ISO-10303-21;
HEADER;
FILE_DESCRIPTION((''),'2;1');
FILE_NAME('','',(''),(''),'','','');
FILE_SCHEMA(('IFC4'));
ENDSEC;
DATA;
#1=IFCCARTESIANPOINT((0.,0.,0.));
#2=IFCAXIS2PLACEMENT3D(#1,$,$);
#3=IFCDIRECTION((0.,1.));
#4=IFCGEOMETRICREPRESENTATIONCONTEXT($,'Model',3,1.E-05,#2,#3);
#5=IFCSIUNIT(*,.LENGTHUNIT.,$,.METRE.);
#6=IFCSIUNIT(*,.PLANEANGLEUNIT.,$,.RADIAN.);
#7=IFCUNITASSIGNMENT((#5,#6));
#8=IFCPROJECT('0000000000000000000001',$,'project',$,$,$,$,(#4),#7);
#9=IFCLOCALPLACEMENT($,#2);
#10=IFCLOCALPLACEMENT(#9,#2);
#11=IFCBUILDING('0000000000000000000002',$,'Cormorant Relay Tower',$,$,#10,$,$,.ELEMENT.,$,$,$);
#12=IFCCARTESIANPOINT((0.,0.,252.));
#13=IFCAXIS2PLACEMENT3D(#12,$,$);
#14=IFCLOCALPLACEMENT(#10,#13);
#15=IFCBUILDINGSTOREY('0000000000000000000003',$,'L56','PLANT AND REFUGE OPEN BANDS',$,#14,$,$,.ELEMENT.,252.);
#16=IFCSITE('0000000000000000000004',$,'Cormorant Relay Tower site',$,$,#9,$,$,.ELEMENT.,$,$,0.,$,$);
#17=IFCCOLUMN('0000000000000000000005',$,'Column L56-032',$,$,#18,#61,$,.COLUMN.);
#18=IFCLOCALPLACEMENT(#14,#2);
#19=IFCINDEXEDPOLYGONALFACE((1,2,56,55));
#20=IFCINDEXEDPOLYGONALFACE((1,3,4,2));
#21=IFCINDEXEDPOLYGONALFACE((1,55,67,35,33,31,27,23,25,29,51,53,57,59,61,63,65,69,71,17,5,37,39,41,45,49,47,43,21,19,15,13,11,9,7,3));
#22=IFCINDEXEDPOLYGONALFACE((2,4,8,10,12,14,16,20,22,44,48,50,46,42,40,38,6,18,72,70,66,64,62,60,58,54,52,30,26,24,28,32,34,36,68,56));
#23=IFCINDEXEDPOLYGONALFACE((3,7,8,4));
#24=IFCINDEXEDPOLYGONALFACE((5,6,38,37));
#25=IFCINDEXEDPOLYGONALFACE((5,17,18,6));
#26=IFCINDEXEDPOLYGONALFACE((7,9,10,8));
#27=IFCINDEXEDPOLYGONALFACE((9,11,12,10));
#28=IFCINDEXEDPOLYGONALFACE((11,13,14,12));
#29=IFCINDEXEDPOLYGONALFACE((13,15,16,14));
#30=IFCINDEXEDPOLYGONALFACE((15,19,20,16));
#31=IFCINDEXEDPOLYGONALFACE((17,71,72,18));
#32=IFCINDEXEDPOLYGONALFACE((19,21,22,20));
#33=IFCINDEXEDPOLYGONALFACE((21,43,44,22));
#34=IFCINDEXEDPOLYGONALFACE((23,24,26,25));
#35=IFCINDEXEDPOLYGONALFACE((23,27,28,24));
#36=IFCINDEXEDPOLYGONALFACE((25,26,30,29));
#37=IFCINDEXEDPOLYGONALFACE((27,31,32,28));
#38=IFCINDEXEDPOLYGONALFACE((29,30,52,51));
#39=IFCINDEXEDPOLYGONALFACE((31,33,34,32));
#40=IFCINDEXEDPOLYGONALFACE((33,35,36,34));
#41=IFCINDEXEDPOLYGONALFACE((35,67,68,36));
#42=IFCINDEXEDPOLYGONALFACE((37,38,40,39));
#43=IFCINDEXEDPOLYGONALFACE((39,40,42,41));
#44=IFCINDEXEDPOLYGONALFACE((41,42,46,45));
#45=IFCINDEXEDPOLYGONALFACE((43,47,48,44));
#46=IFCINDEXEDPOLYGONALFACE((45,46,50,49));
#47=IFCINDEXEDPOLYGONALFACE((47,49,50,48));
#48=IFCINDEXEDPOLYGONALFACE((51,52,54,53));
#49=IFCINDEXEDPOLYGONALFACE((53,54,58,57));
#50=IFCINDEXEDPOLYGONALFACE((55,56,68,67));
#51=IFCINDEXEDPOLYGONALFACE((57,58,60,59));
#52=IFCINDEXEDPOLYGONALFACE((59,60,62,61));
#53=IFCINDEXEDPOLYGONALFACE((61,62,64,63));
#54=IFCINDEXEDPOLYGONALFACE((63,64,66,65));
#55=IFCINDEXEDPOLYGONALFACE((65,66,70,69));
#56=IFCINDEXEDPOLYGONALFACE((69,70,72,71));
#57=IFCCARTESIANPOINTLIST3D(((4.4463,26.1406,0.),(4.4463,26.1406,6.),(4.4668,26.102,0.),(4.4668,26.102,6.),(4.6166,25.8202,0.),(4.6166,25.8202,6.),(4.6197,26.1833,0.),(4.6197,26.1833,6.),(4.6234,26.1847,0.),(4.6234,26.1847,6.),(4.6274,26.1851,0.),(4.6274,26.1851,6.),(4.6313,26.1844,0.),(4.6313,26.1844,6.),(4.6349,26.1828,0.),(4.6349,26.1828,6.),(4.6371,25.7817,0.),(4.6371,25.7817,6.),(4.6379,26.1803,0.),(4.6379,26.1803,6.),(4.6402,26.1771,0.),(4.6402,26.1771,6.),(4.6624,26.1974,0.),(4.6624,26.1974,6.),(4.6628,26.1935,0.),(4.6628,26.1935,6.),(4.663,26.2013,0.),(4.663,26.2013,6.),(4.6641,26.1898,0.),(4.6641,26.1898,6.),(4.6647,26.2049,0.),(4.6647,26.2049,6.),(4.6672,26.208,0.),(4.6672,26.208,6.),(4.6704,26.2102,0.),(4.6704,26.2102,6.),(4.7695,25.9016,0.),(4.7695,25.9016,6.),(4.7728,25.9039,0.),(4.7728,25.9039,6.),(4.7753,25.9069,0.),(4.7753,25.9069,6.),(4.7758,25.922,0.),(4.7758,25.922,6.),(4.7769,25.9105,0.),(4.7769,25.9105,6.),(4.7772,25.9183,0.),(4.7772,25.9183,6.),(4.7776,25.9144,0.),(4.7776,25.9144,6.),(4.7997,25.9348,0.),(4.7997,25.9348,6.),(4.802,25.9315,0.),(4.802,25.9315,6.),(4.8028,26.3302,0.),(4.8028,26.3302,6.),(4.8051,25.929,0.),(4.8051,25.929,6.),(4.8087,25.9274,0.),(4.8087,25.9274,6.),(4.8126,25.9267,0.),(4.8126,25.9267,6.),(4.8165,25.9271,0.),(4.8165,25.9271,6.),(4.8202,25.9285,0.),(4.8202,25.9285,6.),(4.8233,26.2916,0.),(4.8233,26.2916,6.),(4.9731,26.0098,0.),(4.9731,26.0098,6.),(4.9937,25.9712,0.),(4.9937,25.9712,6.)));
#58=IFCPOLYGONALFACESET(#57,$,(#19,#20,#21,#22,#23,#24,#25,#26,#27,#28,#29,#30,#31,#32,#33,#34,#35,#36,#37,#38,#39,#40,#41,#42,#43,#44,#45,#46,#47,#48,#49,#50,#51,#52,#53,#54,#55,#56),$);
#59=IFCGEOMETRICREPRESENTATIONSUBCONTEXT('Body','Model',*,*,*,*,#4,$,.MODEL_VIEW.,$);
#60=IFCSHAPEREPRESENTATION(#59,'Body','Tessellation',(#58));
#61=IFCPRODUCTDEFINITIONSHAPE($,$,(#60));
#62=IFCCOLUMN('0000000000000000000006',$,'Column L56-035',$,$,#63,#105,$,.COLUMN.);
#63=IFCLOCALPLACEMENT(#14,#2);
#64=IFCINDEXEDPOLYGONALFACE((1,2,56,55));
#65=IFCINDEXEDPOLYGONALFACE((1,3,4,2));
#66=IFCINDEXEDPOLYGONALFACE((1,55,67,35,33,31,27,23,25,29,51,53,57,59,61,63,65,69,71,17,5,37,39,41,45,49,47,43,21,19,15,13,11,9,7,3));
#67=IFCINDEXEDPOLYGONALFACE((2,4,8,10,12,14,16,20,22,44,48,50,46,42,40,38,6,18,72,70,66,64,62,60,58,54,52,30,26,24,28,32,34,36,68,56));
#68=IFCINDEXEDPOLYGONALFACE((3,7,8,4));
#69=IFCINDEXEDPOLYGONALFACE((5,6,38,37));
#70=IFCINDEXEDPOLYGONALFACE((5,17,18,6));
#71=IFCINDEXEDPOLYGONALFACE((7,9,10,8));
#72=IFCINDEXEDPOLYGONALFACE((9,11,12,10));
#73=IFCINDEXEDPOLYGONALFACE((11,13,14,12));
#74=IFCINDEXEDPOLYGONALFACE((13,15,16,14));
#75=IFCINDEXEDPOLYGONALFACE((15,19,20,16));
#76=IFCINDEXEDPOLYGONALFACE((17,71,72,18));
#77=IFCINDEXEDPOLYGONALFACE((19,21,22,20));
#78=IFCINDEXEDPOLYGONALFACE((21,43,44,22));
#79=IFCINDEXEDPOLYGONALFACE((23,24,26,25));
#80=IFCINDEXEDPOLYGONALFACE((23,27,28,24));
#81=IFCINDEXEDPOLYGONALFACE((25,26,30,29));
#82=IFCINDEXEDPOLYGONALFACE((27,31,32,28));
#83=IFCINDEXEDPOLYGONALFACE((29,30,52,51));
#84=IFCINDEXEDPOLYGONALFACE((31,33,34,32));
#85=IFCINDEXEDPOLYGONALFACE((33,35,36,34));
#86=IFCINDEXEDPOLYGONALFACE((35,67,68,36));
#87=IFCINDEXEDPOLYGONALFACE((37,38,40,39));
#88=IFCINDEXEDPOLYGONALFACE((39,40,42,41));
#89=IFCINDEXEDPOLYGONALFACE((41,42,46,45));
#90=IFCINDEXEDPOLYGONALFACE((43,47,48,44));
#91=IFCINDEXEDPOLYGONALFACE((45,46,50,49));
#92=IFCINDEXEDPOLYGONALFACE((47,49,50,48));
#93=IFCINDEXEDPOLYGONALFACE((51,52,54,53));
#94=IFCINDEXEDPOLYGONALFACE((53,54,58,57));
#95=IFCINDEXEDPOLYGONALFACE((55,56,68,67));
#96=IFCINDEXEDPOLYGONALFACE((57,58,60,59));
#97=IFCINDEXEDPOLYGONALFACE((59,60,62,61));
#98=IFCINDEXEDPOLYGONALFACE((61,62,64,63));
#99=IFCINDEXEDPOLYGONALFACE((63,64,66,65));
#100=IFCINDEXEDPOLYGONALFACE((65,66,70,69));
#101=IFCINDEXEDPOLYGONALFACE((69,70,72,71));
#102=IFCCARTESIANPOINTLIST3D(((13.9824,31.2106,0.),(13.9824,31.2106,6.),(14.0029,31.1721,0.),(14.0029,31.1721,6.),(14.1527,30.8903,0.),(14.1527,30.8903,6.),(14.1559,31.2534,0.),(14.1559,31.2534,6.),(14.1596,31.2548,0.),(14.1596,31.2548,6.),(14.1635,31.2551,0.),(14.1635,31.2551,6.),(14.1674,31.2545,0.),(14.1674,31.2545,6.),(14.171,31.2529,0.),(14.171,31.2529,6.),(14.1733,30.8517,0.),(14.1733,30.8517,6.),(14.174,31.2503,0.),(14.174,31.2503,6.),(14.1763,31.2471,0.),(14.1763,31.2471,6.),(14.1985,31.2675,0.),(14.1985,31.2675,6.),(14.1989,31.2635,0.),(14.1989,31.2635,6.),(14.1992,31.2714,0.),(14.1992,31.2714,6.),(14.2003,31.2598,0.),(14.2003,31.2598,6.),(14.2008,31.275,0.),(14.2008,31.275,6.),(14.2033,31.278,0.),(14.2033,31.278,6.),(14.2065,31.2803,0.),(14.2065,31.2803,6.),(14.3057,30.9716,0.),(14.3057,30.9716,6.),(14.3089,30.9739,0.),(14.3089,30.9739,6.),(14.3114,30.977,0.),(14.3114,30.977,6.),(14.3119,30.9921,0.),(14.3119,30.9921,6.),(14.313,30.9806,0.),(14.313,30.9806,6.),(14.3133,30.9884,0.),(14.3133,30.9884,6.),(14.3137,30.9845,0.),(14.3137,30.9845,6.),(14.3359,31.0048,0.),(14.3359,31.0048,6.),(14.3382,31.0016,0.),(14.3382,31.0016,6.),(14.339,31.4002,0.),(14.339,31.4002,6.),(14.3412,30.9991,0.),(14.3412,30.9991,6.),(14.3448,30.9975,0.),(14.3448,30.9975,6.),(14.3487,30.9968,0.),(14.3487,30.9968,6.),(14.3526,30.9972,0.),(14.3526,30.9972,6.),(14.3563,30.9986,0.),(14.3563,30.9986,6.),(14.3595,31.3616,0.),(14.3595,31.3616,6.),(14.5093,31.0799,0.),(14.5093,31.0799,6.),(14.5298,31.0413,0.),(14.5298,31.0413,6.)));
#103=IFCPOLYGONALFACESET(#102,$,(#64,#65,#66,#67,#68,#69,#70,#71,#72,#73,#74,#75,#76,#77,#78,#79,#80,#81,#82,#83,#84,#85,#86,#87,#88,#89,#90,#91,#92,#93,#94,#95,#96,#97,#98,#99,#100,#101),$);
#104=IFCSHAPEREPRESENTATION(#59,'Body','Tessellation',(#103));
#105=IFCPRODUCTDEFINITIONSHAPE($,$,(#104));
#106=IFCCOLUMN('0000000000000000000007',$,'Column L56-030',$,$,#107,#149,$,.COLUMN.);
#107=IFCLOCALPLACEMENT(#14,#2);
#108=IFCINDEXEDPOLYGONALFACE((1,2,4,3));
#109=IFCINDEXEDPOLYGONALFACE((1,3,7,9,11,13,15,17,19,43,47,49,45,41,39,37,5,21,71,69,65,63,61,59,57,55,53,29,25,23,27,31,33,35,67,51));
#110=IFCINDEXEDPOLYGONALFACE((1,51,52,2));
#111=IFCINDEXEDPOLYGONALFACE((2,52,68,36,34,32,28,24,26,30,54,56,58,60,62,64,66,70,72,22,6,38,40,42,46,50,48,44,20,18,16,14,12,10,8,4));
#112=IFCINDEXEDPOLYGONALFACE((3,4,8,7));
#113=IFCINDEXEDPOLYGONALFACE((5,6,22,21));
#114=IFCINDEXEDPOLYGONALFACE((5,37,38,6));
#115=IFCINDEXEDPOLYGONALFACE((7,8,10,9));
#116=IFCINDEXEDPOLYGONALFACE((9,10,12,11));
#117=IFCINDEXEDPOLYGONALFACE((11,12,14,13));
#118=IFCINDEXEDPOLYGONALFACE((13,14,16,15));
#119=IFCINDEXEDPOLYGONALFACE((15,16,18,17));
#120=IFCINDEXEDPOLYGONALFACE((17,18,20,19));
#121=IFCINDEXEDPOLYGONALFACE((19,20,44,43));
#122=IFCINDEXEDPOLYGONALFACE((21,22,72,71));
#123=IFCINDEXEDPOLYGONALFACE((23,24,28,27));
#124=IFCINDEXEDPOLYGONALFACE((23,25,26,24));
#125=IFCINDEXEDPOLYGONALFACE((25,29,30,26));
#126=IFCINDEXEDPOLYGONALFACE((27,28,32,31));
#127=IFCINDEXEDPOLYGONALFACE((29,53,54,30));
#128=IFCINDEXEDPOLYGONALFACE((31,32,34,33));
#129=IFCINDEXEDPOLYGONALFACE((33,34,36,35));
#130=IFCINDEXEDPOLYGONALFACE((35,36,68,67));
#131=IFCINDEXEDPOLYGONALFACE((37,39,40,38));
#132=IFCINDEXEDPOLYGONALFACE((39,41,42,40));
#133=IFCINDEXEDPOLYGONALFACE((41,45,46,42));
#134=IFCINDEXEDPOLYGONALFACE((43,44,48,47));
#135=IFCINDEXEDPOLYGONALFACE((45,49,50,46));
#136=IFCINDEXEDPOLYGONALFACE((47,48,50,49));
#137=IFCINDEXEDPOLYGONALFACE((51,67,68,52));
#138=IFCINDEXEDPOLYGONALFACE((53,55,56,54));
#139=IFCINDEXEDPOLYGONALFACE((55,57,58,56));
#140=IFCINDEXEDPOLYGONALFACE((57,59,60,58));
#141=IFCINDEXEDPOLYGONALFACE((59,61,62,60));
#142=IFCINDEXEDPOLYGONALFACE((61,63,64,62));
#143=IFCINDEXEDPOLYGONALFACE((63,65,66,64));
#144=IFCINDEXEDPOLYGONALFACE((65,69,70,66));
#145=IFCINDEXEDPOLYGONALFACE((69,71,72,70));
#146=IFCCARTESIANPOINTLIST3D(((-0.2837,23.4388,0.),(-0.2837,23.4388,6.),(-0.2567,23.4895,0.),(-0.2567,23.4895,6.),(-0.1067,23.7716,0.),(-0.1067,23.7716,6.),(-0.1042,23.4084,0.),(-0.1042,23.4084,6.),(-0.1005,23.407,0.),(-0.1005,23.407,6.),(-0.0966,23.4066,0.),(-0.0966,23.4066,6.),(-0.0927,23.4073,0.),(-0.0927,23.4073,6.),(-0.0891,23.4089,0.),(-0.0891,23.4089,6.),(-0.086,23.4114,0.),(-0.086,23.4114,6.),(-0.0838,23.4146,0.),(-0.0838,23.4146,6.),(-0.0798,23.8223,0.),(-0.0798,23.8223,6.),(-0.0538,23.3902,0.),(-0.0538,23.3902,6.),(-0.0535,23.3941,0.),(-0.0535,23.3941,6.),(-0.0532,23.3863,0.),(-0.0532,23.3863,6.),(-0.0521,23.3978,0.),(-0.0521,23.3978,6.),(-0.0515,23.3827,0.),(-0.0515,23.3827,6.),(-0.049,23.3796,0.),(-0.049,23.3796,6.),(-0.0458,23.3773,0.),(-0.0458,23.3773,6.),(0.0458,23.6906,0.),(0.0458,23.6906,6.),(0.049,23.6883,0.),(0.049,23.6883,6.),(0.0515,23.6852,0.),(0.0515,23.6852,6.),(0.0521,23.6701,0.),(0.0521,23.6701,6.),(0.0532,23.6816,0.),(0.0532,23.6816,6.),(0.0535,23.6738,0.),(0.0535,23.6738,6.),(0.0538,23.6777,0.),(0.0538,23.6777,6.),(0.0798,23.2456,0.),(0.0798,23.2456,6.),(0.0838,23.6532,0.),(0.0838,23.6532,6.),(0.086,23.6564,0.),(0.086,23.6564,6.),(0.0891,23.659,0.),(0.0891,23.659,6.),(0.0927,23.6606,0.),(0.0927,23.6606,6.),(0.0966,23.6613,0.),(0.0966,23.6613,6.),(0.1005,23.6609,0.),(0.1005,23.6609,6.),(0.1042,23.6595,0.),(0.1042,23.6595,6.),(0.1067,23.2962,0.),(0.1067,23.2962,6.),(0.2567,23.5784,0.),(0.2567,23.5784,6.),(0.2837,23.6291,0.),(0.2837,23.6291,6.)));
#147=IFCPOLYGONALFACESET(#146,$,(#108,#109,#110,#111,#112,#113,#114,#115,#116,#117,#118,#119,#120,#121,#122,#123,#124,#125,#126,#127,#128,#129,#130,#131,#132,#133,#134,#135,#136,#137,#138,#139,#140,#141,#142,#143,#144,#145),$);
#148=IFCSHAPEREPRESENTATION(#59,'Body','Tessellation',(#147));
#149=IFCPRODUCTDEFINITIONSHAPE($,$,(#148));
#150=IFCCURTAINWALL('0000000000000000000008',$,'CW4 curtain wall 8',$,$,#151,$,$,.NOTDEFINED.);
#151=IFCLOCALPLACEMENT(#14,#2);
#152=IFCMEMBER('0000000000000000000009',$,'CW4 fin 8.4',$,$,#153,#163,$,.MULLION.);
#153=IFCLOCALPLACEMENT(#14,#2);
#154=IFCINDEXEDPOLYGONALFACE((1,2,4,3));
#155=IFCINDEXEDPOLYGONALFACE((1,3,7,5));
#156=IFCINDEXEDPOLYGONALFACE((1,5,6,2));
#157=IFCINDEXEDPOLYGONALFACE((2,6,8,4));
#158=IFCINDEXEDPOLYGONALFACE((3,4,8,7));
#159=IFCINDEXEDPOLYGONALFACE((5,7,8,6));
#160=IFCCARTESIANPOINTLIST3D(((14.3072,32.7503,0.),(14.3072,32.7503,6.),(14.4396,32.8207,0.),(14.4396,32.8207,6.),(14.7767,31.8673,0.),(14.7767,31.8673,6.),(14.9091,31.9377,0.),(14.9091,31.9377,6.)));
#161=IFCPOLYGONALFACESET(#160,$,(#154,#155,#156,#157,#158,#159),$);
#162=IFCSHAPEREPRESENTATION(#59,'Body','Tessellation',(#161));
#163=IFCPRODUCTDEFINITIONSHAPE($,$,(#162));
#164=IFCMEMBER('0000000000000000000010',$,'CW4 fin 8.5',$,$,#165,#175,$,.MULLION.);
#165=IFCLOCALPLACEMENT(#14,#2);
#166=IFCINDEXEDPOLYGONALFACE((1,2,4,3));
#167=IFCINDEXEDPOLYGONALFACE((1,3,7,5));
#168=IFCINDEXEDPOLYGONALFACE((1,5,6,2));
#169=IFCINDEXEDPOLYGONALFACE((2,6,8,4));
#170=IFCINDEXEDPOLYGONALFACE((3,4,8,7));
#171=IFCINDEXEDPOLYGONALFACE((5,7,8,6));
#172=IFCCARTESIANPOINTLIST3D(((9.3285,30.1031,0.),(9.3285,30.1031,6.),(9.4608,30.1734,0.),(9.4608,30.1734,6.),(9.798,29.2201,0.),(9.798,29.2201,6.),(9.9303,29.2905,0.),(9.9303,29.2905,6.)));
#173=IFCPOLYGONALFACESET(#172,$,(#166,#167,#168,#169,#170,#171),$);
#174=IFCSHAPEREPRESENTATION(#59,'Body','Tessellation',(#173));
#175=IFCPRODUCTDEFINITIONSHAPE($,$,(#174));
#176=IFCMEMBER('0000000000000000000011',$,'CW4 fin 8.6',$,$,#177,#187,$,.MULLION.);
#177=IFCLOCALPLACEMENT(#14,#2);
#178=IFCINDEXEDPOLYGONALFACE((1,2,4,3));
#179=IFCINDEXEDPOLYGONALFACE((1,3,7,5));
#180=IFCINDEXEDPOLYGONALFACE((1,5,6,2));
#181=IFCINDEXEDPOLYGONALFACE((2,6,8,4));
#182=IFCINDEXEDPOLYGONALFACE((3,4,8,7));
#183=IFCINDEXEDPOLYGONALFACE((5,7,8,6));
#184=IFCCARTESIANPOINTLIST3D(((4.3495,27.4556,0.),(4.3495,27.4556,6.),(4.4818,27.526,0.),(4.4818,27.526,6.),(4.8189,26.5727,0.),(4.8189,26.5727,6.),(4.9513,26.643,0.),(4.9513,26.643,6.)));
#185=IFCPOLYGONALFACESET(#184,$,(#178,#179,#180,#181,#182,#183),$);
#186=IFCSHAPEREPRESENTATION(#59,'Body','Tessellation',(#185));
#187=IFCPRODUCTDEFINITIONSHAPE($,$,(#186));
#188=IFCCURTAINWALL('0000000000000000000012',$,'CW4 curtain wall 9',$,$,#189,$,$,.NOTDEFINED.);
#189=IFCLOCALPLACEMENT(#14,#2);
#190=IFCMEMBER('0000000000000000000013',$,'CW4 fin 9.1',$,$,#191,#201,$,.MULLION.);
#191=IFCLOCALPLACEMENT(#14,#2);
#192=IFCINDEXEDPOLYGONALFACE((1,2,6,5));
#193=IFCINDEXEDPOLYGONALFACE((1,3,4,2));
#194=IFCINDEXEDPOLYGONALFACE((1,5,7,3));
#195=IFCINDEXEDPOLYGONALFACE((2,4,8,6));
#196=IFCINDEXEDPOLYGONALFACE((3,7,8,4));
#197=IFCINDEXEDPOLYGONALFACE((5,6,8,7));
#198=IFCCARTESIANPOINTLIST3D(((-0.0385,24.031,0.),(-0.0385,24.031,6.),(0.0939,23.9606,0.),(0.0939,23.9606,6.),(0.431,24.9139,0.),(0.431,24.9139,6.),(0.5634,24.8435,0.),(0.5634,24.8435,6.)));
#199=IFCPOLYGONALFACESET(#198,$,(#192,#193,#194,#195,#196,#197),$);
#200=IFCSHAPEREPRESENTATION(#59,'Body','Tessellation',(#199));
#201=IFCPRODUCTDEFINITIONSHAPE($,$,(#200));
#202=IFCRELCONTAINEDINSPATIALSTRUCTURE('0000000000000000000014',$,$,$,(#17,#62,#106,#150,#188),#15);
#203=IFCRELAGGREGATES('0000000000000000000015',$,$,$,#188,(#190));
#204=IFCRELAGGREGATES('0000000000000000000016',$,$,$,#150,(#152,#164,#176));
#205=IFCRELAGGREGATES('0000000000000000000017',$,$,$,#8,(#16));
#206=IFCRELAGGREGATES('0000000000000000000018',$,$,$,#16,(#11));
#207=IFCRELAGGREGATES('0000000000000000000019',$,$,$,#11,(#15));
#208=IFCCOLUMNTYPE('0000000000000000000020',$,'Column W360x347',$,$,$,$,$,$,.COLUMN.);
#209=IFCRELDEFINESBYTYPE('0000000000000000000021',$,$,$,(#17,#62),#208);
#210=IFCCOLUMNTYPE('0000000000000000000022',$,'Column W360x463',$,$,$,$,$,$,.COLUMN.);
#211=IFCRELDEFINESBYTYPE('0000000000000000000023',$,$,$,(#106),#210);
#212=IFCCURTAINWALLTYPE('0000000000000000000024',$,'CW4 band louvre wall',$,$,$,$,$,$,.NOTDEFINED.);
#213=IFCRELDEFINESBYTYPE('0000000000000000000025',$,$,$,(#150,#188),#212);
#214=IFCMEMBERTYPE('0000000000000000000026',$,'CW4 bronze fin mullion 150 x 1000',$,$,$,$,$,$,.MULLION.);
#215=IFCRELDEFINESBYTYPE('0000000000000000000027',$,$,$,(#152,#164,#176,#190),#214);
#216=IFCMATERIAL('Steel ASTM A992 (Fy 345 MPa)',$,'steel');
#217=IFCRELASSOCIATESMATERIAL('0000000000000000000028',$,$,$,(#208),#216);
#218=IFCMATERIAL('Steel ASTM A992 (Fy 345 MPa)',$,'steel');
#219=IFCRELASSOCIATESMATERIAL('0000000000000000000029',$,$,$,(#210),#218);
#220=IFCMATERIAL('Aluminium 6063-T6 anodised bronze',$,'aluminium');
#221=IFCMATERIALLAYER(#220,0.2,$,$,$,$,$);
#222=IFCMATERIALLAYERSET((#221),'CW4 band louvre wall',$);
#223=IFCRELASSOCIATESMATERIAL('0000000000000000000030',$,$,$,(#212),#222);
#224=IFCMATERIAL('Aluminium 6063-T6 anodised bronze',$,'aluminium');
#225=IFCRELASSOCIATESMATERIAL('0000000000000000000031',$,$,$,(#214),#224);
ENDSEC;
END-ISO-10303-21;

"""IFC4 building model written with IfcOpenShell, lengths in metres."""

from ifc_helpers import new_model, si_unit, direction, frame, origin, origin_2d, place, context, subcontext, project, spatial, rectangle, i_section, extrude, material, layer, layer_set, material_profile, profile_set, type_object, element, aggregate, save


model = new_model("IFC4")

# Units and contexts
model_context = context("Model", 3, precision=1e-05, world=origin(), true_north=direction((0.0, 1.0)))
body_context = subcontext(model_context, "Body", "Model", "MODEL_VIEW")
ifc_project = project(units=[si_unit("LENGTHUNIT", "METRE"), si_unit("PLANEANGLEUNIT", "RADIAN")], contexts=[model_context])

# Site, building, storey
site_placement = place(None, origin())
site = spatial("IfcSite", under=ifc_project, at=site_placement, Name="Cormorant Relay Tower site", CompositionType="ELEMENT", RefElevation=0.0)
building_placement = place(site_placement, origin())
building = spatial("IfcBuilding", under=site, at=building_placement, Name="Cormorant Relay Tower", CompositionType="ELEMENT")
storey_placement = place(building_placement, frame((0.0, 0.0, 252.0)))
storey = spatial("IfcBuildingStorey", under=building, at=storey_placement, Name="L56", Description="PLANT AND REFUGE OPEN BANDS", CompositionType="ELEMENT", Elevation=252.0)

# Columns
ifc_material_1 = material(Name="Steel ASTM A992 (Fy 345 MPa)", Category="steel")
ifc_material_profile_1 = material_profile(ifc_material_1, i_section(OverallWidth=0.4038, OverallDepth=0.4065, WebThickness=0.0271, FlangeThickness=0.0437, FilletRadius=0.0151, at=origin_2d()), Name="W360x347")
ifc_profile_set_1 = profile_set([ifc_material_profile_1], Name="Steel ASTM A992 (Fy 345 MPa)")
column_type_1 = type_object("IfcColumnType", Name="Column W360x347", PredefinedType="COLUMN", material=ifc_profile_set_1)
for number, where, z_axis, x_axis, name in (
    (1, (4.72, 26.0559, 0.0), (0.0, 0.0, 1.0), (-0.882948, -0.469472, 0.0), "Column L56-032"),
    (2, (14.2561, 31.126, 0.0), (0.0, 0.0, 1.0), (-0.882948, -0.469472, 0.0), "Column L56-035"),
):
    element("IfcColumn", number, at=place(storey_placement, frame(where, z_axis=z_axis, x_axis=x_axis)), inside=storey, type_object=column_type_1, Name=name, PredefinedType="COLUMN", context=body_context, shape_type="SweptSolid", body=[
        extrude(i_section(OverallWidth=0.4038, OverallDepth=0.4065, WebThickness=0.0271, FlangeThickness=0.0437, FilletRadius=0.0151, at=origin_2d()), origin(), (0.0, 0.0, 1.0), 6.0),
    ])
ifc_material_2 = material(Name="Steel ASTM A992 (Fy 345 MPa)", Category="steel")
ifc_material_profile_2 = material_profile(ifc_material_2, i_section(OverallWidth=0.4116, OverallDepth=0.4343, WebThickness=0.0359, FlangeThickness=0.0574, FilletRadius=0.0151, at=origin_2d()), Name="W360x463")
ifc_profile_set_2 = profile_set([ifc_material_profile_2], Name="Steel ASTM A992 (Fy 345 MPa)")
column_type_2 = type_object("IfcColumnType", Name="Column W360x463", PredefinedType="COLUMN", material=ifc_profile_set_2)
column_placement = place(storey_placement, frame((0.0, 23.5339, 0.0), z_axis=(0.0, 0.0, 1.0), x_axis=(-0.882948, 0.469472, 0.0)))
element("IfcColumn", 3, at=column_placement, inside=storey, type_object=column_type_2, Name="Column L56-030", PredefinedType="COLUMN", context=body_context, shape_type="SweptSolid", body=[
    extrude(i_section(OverallWidth=0.4116, OverallDepth=0.4343, WebThickness=0.0359, FlangeThickness=0.0574, FilletRadius=0.0151, at=origin_2d()), origin(), (0.0, 0.0, 1.0), 6.0),
])

# Curtain walls, members
ifc_material_3 = material(Name="Aluminium 6063-T6 anodised bronze", Category="aluminium")
ifc_layer_1 = layer(ifc_material_3, 0.2)
ifc_layer_set_1 = layer_set([ifc_layer_1], Name="CW4 band louvre wall")
curtain_wall_type = type_object("IfcCurtainWallType", Name="CW4 band louvre wall", PredefinedType="NOTDEFINED", material=ifc_layer_set_1)
curtain_wall_1_placement = place(storey_placement, origin())
curtain_wall_1 = element("IfcCurtainWall", 4, at=curtain_wall_1_placement, inside=storey, type_object=curtain_wall_type, Name="CW4 curtain wall 8", PredefinedType="NOTDEFINED")
ifc_material_4 = material(Name="Aluminium 6063-T6 anodised bronze", Category="aluminium")
ifc_material_profile_3 = material_profile(ifc_material_4, rectangle(XDim=0.1499, YDim=1.0, at=origin_2d()), Name="AL 150x1000")
ifc_profile_set_3 = profile_set([ifc_material_profile_3], Name="Aluminium 6063-T6 anodised bronze")
member_type_1 = type_object("IfcMemberType", Name="CW4 bronze fin mullion 150 x 1000", PredefinedType="MULLION", material=ifc_profile_set_3)
member_1_placement = place(storey_placement, frame((14.6082, 32.344, 0.0), z_axis=(0.0, 0.0, 1.0), x_axis=(-0.882948, -0.469472, 0.0)))
member_1 = element("IfcMember", 5, at=member_1_placement, type_object=member_type_1, Name="CW4 fin 8.4", PredefinedType="MULLION", context=body_context, shape_type="SweptSolid", body=[
    extrude(rectangle(XDim=0.1499, YDim=1.0, at=origin_2d()), origin(), (0.0, 0.0, 1.0), 6.0),
])
member_2_placement = place(storey_placement, frame((9.6294, 29.6968, 0.0), z_axis=(0.0, 0.0, 1.0), x_axis=(-0.882948, -0.469472, 0.0)))
member_2 = element("IfcMember", 6, at=member_2_placement, type_object=member_type_1, Name="CW4 fin 8.5", PredefinedType="MULLION", context=body_context, shape_type="SweptSolid", body=[
    extrude(rectangle(XDim=0.1499, YDim=1.0, at=origin_2d()), origin(), (0.0, 0.0, 1.0), 6.0),
])
member_3_placement = place(storey_placement, frame((4.6504, 27.0493, 0.0), z_axis=(0.0, 0.0, 1.0), x_axis=(-0.882948, -0.469472, 0.0)))
member_3 = element("IfcMember", 7, at=member_3_placement, type_object=member_type_1, Name="CW4 fin 8.6", PredefinedType="MULLION", context=body_context, shape_type="SweptSolid", body=[
    extrude(rectangle(XDim=0.1499, YDim=1.0, at=origin_2d()), origin(), (0.0, 0.0, 1.0), 6.0),
])
curtain_wall_2_placement = place(storey_placement, origin())
curtain_wall_2 = element("IfcCurtainWall", 8, at=curtain_wall_2_placement, inside=storey, type_object=curtain_wall_type, Name="CW4 curtain wall 9", PredefinedType="NOTDEFINED")
member_4_placement = place(storey_placement, frame((0.2625, 24.4373, 0.0), z_axis=(0.0, 0.0, 1.0), x_axis=(-0.882948, 0.469472, 0.0)))
member_4 = element("IfcMember", 9, at=member_4_placement, type_object=member_type_1, Name="CW4 fin 9.1", PredefinedType="MULLION", context=body_context, shape_type="SweptSolid", body=[
    extrude(rectangle(XDim=0.1499, YDim=1.0, at=origin_2d()), origin(), (0.0, 0.0, 1.0), 6.0),
])
aggregate(curtain_wall_2, [member_4])

aggregate(curtain_wall_1, [member_1, member_2, member_3])

save(model, "model.ifc")
